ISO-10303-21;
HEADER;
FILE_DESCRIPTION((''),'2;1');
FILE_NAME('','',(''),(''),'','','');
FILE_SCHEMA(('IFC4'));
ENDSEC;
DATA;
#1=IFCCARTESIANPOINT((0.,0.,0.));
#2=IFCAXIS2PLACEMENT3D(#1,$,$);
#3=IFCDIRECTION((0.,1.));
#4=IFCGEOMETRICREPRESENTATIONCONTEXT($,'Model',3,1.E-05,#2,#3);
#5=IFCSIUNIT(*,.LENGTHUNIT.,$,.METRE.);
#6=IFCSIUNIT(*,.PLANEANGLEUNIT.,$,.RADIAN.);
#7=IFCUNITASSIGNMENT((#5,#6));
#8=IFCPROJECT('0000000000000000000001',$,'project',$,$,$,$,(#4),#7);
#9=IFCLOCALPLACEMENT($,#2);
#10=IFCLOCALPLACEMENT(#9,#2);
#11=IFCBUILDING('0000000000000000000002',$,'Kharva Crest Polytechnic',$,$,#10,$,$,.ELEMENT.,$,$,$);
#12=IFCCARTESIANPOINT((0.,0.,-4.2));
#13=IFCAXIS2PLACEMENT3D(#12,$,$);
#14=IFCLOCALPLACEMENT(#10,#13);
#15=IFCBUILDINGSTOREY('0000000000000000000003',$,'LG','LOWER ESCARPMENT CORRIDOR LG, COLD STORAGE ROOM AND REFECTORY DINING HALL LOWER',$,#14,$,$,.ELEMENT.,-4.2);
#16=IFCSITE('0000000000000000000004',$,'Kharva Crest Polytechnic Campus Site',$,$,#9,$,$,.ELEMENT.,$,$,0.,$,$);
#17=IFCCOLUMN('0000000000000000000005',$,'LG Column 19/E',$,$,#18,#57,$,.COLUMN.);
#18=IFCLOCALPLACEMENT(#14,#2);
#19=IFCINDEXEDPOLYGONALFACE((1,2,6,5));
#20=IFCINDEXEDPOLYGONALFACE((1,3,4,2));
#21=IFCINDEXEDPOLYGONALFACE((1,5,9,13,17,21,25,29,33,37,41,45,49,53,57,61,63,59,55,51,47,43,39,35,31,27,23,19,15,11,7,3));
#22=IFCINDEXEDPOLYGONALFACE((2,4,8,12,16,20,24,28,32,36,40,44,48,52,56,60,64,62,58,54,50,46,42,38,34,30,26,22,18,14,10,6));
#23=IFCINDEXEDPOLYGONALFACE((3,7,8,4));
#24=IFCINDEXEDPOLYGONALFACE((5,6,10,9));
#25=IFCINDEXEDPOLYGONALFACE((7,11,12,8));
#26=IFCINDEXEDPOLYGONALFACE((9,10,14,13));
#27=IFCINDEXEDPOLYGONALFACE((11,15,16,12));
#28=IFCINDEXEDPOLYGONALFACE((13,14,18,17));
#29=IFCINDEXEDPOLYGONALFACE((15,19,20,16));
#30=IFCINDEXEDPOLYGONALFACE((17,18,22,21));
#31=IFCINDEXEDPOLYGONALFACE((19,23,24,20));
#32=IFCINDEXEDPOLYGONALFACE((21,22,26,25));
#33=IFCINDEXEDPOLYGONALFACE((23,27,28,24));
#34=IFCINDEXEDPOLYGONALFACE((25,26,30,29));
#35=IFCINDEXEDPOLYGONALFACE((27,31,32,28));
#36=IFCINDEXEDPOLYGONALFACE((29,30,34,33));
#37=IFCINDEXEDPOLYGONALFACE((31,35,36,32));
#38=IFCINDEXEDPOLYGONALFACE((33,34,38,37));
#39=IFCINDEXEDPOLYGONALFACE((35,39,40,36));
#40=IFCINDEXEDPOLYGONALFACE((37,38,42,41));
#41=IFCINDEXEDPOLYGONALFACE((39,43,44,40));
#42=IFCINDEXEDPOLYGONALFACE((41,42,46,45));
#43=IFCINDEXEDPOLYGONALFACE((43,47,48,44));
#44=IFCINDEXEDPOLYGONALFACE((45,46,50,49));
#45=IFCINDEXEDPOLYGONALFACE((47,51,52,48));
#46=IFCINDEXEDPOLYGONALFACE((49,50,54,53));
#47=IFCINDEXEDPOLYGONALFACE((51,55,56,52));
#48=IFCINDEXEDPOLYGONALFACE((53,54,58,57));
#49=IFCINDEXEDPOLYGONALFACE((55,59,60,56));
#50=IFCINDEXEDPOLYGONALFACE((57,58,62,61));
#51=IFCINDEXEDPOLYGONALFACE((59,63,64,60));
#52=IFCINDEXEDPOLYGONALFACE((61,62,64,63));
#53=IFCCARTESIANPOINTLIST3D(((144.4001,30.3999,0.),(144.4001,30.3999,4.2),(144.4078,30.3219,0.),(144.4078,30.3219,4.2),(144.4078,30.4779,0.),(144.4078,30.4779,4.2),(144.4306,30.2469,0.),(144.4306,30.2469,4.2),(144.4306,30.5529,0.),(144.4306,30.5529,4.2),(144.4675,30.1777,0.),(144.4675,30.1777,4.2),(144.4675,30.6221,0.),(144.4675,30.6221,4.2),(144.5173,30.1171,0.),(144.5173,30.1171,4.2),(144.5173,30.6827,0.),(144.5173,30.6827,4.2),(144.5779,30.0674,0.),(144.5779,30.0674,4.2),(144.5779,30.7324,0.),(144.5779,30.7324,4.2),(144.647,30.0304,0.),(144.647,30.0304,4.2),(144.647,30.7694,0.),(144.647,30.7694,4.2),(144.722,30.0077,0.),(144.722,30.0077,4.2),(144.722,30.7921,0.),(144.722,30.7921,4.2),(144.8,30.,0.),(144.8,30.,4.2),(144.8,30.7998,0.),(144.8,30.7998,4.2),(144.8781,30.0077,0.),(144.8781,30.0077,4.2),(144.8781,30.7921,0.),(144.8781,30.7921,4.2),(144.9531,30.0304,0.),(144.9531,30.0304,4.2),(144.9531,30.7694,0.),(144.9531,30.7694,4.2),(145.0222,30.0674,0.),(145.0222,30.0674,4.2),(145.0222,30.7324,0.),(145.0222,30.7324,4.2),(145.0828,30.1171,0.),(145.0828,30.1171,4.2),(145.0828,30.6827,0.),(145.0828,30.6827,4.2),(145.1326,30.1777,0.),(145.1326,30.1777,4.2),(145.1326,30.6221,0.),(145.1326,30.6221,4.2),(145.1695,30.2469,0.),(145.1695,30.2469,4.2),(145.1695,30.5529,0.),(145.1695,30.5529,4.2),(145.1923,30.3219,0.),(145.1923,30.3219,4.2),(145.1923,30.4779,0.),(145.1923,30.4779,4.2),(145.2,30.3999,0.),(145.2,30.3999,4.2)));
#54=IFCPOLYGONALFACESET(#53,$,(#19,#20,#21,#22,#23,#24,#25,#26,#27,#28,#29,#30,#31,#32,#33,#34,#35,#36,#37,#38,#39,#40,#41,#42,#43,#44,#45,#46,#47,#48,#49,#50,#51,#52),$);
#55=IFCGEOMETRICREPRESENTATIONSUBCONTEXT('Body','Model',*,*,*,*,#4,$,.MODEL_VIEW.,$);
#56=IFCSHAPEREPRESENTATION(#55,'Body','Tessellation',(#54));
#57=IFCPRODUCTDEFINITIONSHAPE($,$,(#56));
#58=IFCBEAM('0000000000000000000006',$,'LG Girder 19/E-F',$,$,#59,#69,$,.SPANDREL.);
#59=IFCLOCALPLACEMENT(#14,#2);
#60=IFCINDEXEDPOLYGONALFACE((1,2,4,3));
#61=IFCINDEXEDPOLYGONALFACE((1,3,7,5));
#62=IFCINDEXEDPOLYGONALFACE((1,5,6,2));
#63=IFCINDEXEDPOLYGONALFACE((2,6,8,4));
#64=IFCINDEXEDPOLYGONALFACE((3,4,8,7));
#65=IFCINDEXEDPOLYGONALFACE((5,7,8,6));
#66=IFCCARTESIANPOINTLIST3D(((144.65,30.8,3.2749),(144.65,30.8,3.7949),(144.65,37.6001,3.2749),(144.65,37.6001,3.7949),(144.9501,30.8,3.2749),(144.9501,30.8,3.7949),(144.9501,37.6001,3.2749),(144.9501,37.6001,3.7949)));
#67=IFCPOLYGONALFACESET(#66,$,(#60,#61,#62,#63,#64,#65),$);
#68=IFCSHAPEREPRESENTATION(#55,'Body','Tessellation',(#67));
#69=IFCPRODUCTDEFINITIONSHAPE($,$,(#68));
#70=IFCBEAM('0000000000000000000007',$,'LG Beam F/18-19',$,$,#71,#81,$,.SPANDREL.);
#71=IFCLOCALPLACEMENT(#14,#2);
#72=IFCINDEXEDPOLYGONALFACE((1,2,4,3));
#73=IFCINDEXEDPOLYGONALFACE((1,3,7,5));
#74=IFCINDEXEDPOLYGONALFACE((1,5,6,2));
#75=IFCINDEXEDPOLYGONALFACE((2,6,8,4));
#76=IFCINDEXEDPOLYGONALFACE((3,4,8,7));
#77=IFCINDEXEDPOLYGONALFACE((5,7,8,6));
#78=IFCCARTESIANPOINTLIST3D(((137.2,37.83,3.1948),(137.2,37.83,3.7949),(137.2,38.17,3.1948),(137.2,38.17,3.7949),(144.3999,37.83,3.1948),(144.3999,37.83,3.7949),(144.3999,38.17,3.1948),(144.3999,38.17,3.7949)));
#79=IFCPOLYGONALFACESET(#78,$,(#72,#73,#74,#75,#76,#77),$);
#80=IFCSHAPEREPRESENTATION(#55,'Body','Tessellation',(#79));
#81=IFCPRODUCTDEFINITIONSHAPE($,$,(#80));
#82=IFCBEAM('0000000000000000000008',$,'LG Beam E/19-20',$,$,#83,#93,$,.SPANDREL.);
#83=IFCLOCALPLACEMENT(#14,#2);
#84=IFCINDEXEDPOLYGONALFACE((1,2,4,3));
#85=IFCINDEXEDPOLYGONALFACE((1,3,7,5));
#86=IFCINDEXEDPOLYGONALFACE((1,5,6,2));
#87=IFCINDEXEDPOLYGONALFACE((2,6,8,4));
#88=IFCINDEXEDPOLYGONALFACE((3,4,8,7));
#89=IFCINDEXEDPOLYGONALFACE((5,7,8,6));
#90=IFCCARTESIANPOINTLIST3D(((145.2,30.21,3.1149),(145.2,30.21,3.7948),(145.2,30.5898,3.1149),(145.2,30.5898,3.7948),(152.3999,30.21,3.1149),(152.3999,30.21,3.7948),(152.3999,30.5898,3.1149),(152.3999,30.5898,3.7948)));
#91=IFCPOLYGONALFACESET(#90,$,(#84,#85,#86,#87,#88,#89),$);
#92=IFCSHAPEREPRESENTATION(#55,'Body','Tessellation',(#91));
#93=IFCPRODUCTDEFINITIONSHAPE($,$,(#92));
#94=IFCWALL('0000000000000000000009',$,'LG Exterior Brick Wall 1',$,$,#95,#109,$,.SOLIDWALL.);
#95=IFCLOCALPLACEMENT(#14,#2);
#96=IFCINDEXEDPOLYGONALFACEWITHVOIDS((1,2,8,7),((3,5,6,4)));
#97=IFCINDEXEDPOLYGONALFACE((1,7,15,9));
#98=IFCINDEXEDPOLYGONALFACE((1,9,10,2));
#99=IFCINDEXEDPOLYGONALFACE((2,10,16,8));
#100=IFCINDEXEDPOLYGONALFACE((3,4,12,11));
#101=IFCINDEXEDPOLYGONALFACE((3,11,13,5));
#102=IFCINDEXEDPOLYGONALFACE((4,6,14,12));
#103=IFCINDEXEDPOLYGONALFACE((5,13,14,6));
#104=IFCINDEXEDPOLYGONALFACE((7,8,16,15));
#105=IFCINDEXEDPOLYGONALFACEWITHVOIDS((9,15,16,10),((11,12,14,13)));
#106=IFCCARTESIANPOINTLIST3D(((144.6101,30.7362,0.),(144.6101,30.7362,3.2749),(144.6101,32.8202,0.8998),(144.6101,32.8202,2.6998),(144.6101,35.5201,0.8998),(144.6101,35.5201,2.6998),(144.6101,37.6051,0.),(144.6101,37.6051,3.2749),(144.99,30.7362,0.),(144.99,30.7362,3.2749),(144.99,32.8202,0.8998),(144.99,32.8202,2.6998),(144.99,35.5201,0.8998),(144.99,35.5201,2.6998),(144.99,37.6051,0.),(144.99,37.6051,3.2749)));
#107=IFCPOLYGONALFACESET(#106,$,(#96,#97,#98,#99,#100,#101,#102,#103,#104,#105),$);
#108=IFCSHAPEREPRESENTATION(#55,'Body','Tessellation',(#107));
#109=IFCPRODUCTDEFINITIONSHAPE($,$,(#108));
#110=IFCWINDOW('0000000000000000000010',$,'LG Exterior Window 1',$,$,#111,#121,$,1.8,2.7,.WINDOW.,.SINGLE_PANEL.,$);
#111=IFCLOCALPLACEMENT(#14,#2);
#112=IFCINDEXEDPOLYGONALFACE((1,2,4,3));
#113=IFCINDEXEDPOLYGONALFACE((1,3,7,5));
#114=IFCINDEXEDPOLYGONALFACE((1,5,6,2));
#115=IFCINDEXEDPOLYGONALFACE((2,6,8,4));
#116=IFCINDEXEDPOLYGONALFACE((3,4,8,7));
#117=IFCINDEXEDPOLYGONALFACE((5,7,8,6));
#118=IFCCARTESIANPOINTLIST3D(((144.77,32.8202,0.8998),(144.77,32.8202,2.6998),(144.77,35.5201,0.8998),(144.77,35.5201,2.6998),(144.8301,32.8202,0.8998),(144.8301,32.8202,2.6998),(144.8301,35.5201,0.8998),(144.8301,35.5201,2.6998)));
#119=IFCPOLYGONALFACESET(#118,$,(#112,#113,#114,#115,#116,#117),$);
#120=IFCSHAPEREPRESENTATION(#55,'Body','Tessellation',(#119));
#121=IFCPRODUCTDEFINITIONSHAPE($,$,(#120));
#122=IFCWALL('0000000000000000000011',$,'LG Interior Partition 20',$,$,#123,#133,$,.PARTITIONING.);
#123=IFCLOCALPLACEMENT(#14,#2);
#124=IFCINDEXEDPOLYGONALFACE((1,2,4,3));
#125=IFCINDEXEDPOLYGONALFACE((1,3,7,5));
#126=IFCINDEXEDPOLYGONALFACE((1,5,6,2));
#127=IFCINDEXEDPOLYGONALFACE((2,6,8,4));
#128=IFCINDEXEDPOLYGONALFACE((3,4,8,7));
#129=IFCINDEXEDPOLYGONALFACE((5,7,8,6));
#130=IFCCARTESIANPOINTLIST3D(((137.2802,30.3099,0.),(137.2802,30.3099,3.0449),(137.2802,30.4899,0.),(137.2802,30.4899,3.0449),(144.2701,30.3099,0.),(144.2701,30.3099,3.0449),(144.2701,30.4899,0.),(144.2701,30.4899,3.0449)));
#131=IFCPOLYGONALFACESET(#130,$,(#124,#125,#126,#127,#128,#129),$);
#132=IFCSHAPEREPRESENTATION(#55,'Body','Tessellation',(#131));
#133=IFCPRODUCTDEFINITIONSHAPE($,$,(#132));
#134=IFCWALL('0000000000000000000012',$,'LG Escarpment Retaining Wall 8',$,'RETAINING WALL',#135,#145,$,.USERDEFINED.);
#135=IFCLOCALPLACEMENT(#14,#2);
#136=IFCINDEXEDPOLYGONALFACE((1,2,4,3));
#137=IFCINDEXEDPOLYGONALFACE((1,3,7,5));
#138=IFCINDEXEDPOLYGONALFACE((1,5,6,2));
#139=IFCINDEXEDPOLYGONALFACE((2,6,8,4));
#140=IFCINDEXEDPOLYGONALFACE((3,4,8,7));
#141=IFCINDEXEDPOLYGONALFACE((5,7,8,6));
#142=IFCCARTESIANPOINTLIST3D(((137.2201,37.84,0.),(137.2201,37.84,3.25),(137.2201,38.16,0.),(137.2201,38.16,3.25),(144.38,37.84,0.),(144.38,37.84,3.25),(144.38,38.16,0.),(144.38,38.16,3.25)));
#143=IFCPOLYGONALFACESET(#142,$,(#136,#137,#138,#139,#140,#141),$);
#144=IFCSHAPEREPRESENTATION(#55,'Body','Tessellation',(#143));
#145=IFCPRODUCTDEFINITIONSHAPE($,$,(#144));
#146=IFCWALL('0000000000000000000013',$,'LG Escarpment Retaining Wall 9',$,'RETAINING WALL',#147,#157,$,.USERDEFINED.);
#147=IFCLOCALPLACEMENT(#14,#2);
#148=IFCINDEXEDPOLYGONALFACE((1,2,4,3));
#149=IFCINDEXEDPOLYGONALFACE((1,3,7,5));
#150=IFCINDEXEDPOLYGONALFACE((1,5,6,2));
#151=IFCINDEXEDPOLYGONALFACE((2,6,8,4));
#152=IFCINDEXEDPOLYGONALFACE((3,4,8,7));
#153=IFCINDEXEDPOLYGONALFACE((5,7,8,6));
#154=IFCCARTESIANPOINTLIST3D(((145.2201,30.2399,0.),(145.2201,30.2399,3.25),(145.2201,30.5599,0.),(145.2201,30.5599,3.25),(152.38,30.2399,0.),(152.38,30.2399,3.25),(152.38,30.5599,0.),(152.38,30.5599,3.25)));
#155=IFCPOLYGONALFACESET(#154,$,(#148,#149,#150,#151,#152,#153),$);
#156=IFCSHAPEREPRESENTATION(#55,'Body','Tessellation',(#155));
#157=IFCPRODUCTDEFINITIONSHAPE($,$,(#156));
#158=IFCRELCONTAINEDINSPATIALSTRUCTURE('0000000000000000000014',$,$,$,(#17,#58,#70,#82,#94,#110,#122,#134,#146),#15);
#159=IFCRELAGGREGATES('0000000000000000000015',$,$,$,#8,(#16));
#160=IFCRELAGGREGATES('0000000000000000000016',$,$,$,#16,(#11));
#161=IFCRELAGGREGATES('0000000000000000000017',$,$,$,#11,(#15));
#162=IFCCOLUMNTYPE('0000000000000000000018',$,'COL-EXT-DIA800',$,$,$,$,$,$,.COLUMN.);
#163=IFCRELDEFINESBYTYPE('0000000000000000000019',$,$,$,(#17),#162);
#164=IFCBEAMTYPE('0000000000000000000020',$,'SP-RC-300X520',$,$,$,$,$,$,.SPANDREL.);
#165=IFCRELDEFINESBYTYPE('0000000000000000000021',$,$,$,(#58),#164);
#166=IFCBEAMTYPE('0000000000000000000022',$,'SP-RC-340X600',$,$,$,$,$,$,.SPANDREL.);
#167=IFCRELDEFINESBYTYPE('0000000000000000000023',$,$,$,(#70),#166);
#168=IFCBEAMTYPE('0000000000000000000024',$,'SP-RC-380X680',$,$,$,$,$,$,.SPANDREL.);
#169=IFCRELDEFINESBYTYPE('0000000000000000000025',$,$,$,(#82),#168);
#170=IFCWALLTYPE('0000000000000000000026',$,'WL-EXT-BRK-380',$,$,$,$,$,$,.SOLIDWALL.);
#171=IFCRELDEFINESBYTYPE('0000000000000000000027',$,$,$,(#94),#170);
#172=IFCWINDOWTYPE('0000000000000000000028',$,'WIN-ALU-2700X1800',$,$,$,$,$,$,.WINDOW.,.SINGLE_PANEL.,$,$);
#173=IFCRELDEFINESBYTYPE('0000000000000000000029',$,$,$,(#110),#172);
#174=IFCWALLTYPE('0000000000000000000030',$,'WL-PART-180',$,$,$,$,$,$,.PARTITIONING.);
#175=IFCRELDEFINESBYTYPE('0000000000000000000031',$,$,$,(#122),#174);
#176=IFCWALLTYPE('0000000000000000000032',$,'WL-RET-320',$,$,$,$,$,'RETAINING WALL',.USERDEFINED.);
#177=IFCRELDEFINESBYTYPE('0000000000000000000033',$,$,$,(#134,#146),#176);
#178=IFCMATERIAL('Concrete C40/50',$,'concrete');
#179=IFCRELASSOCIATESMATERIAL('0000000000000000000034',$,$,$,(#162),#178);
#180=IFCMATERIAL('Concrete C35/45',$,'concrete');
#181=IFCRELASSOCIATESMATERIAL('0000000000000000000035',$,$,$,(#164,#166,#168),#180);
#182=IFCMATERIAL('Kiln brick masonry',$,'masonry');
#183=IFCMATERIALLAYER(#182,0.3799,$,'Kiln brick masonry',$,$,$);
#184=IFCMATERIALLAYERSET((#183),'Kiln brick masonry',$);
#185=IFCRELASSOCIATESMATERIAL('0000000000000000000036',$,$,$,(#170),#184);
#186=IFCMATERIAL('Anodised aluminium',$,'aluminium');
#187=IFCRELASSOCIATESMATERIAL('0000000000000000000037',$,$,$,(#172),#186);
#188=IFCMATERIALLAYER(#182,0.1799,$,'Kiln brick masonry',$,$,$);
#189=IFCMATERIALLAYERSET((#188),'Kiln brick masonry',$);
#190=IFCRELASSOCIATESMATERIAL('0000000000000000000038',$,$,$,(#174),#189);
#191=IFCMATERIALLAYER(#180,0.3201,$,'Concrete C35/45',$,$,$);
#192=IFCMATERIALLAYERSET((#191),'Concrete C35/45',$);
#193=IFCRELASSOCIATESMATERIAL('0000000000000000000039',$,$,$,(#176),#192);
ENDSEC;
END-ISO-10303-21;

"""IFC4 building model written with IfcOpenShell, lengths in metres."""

from ifc_helpers import new_model, si_unit, direction, frame, frame_2d, origin, origin_2d, place, context, subcontext, project, spatial, rectangle, circle, extrude, material, layer, layer_set, material_profile, profile_set, type_object, element, fill, save


model = new_model("IFC4")

# Units and contexts
model_context = context("Model", 3, precision=1e-05, world=origin(), true_north=direction((0.0, 1.0)))
body_context = subcontext(model_context, "Body", "Model", "MODEL_VIEW")
ifc_project = project(units=[si_unit("LENGTHUNIT", "METRE"), si_unit("PLANEANGLEUNIT", "RADIAN")], contexts=[model_context])

# Site, building, storey
site_placement = place(None, origin())
site = spatial("IfcSite", under=ifc_project, at=site_placement, Name="Kharva Crest Polytechnic Campus Site", CompositionType="ELEMENT", RefElevation=0.0)
building_placement = place(site_placement, origin())
building = spatial("IfcBuilding", under=site, at=building_placement, Name="Kharva Crest Polytechnic", CompositionType="ELEMENT")
storey_placement = place(building_placement, frame((0.0, 0.0, -4.2)))
storey = spatial("IfcBuildingStorey", under=building, at=storey_placement, Name="LG", Description="LOWER ESCARPMENT CORRIDOR LG, COLD STORAGE ROOM AND REFECTORY DINING HALL LOWER", CompositionType="ELEMENT", Elevation=-4.2)

# Shared definitions
ifc_material_1 = material(Name="Concrete C35/45", Category="concrete")

# Column
ifc_material_2 = material(Name="Concrete C40/50", Category="concrete")
ifc_material_profile_1 = material_profile(ifc_material_2, circle(Radius=0.3999, at=origin_2d()), Name="DIA 800")
ifc_profile_set_1 = profile_set([ifc_material_profile_1], Name="Concrete C40/50")
column_type_1 = type_object("IfcColumnType", Name="COL-EXT-DIA800", PredefinedType="COLUMN", material=ifc_profile_set_1)
column_placement = place(storey_placement, frame((144.8, 30.3999, 0.0), z_axis=(0.0, 0.0, 1.0), x_axis=(1.0, 0.0, 0.0)))
element("IfcColumn", 1, at=column_placement, inside=storey, type_object=column_type_1, Name="LG Column 19/E", PredefinedType="COLUMN", context=body_context, shape_type="SweptSolid", body=[
    extrude(circle(Radius=0.3999, at=origin_2d()), origin(), (0.0, 0.0, 1.0), 4.2),
])

# Beams
ifc_material_profile_2 = material_profile(ifc_material_1, rectangle(XDim=0.3, YDim=0.52, at=origin_2d()), Name="RECT 300 X 520")
ifc_profile_set_2 = profile_set([ifc_material_profile_2], Name="Concrete C35/45")
beam_type_1 = type_object("IfcBeamType", Name="SP-RC-300X520", PredefinedType="SPANDREL", material=ifc_profile_set_2)
beam_1_placement = place(storey_placement, frame((144.8, 30.8, 3.5349), z_axis=(0.0, 1.0, 0.0), x_axis=(-1.0, 0.0, 0.0)))
element("IfcBeam", 2, at=beam_1_placement, inside=storey, type_object=beam_type_1, Name="LG Girder 19/E-F", PredefinedType="SPANDREL", context=body_context, shape_type="SweptSolid", body=[
    extrude(rectangle(XDim=0.3, YDim=0.52, at=origin_2d()), origin(), (0.0, 0.0, 1.0), 6.8),
])
ifc_material_profile_3 = material_profile(ifc_material_1, rectangle(XDim=0.3401, YDim=0.6001, at=origin_2d()), Name="RECT 340 X 600")
ifc_profile_set_3 = profile_set([ifc_material_profile_3], Name="Concrete C35/45")
beam_type_2 = type_object("IfcBeamType", Name="SP-RC-340X600", PredefinedType="SPANDREL", material=ifc_profile_set_3)
beam_2_placement = place(storey_placement, frame((137.2, 38.0, 3.4949), z_axis=(1.0, 0.0, 0.0), x_axis=(0.0, 1.0, 0.0)))
element("IfcBeam", 3, at=beam_2_placement, inside=storey, type_object=beam_type_2, Name="LG Beam F/18-19", PredefinedType="SPANDREL", context=body_context, shape_type="SweptSolid", body=[
    extrude(rectangle(XDim=0.3401, YDim=0.6001, at=origin_2d()), origin(), (0.0, 0.0, 1.0), 7.2),
])
ifc_material_profile_4 = material_profile(ifc_material_1, rectangle(XDim=0.3799, YDim=0.6799, at=origin_2d()), Name="RECT 380 X 680")
ifc_profile_set_4 = profile_set([ifc_material_profile_4], Name="Concrete C35/45")
beam_type_3 = type_object("IfcBeamType", Name="SP-RC-380X680", PredefinedType="SPANDREL", material=ifc_profile_set_4)
beam_3_placement = place(storey_placement, frame((145.2, 30.3999, 3.4548), z_axis=(1.0, 0.0, 0.0), x_axis=(0.0, 1.0, 0.0)))
element("IfcBeam", 4, at=beam_3_placement, inside=storey, type_object=beam_type_3, Name="LG Beam E/19-20", PredefinedType="SPANDREL", context=body_context, shape_type="SweptSolid", body=[
    extrude(rectangle(XDim=0.3799, YDim=0.6799, at=origin_2d()), origin(), (0.0, 0.0, 1.0), 7.2),
])

# Wall, opening, window
ifc_material_3 = material(Name="Kiln brick masonry", Category="masonry")
ifc_layer_1 = layer(ifc_material_3, 0.3799, Name="Kiln brick masonry")
ifc_layer_set_1 = layer_set([ifc_layer_1], Name="Kiln brick masonry")
wall_type_1 = type_object("IfcWallType", Name="WL-EXT-BRK-380", PredefinedType="SOLIDWALL", material=ifc_layer_set_1)
wall_1_placement = place(storey_placement, frame((144.8, 30.7361, 0.0), z_axis=(0.0, 0.0, 1.0), x_axis=(0.0, 1.0, 0.0)))
wall_1 = element("IfcWall", 5, at=wall_1_placement, inside=storey, type_object=wall_type_1, Name="LG Exterior Brick Wall 1", PredefinedType="SOLIDWALL", context=body_context, shape_type="SweptSolid", body=[
    extrude(rectangle(XDim=6.8689, YDim=0.3799, at=frame_2d((3.4346, 0.0))), origin(), (0.0, 0.0, 1.0), 3.2749),
])
opening_placement = place(wall_1_placement, frame((2.084, 0.0, 0.8999)))
opening = element("IfcOpeningElement", 6, at=opening_placement, cuts=wall_1, PredefinedType="OPENING", context=body_context, shape_type="SweptSolid", body=[
    extrude(rectangle(XDim=2.7, YDim=1.8, at=frame_2d((1.3501, 0.8999))), frame((0.0, 0.2, 0.0), z_axis=(0.0, -1.0, 0.0), x_axis=(1.0, 0.0, 0.0)), (0.0, 0.0, 1.0), 0.3999),
])
ifc_material_4 = material(Name="Anodised aluminium", Category="aluminium")
window_type = type_object("IfcWindowType", Name="WIN-ALU-2700X1800", PartitioningType="SINGLE_PANEL", PredefinedType="WINDOW", material=ifc_material_4)
window_placement = place(opening_placement, origin())
window = element("IfcWindow", 7, at=window_placement, inside=storey, type_object=window_type, Name="LG Exterior Window 1", OverallHeight=1.8, OverallWidth=2.7, PartitioningType="SINGLE_PANEL", PredefinedType="WINDOW", context=body_context, shape_type="SweptSolid", body=[
    extrude(rectangle(XDim=2.7, YDim=1.8, at=frame_2d((1.3501, 0.8999))), frame((0.0, 0.03, 0.0), z_axis=(0.0, -1.0, 0.0), x_axis=(1.0, 0.0, 0.0)), (0.0, 0.0, 1.0), 0.0601),
])
fill(opening, window)

# Walls
ifc_layer_2 = layer(ifc_material_3, 0.1799, Name="Kiln brick masonry")
ifc_layer_set_2 = layer_set([ifc_layer_2], Name="Kiln brick masonry")
wall_type_2 = type_object("IfcWallType", Name="WL-PART-180", PredefinedType="PARTITIONING", material=ifc_layer_set_2)
wall_2_placement = place(storey_placement, frame((137.28, 30.3999, 0.0), z_axis=(0.0, 0.0, 1.0), x_axis=(1.0, 0.0, 0.0)))
element("IfcWall", 8, at=wall_2_placement, inside=storey, type_object=wall_type_2, Name="LG Interior Partition 20", PredefinedType="PARTITIONING", context=body_context, shape_type="SweptSolid", body=[
    extrude(rectangle(XDim=6.99, YDim=0.1799, at=frame_2d((3.4951, 0.0))), origin(), (0.0, 0.0, 1.0), 3.0449),
])
ifc_layer_3 = layer(ifc_material_1, 0.3201, Name="Concrete C35/45")
ifc_layer_set_3 = layer_set([ifc_layer_3], Name="Concrete C35/45")
wall_type_3 = type_object("IfcWallType", Name="WL-RET-320", ElementType="RETAINING WALL", PredefinedType="USERDEFINED", material=ifc_layer_set_3)
for number, where, z_axis, x_axis, name in (
    (9, (137.22, 38.0, 0.0), (0.0, 0.0, 1.0), (1.0, 0.0, 0.0), "LG Escarpment Retaining Wall 8"),
    (10, (145.22, 30.3999, 0.0), (0.0, 0.0, 1.0), (1.0, 0.0, 0.0), "LG Escarpment Retaining Wall 9"),
):
    element("IfcWall", number, at=place(storey_placement, frame(where, z_axis=z_axis, x_axis=x_axis)), inside=storey, type_object=wall_type_3, Name=name, ObjectType="RETAINING WALL", PredefinedType="USERDEFINED", context=body_context, shape_type="SweptSolid", body=[
        extrude(rectangle(XDim=7.1599, YDim=0.3201, at=frame_2d((3.5801, 0.0))), origin(), (0.0, 0.0, 1.0), 3.25),
    ])

save(model, "model.ifc")
